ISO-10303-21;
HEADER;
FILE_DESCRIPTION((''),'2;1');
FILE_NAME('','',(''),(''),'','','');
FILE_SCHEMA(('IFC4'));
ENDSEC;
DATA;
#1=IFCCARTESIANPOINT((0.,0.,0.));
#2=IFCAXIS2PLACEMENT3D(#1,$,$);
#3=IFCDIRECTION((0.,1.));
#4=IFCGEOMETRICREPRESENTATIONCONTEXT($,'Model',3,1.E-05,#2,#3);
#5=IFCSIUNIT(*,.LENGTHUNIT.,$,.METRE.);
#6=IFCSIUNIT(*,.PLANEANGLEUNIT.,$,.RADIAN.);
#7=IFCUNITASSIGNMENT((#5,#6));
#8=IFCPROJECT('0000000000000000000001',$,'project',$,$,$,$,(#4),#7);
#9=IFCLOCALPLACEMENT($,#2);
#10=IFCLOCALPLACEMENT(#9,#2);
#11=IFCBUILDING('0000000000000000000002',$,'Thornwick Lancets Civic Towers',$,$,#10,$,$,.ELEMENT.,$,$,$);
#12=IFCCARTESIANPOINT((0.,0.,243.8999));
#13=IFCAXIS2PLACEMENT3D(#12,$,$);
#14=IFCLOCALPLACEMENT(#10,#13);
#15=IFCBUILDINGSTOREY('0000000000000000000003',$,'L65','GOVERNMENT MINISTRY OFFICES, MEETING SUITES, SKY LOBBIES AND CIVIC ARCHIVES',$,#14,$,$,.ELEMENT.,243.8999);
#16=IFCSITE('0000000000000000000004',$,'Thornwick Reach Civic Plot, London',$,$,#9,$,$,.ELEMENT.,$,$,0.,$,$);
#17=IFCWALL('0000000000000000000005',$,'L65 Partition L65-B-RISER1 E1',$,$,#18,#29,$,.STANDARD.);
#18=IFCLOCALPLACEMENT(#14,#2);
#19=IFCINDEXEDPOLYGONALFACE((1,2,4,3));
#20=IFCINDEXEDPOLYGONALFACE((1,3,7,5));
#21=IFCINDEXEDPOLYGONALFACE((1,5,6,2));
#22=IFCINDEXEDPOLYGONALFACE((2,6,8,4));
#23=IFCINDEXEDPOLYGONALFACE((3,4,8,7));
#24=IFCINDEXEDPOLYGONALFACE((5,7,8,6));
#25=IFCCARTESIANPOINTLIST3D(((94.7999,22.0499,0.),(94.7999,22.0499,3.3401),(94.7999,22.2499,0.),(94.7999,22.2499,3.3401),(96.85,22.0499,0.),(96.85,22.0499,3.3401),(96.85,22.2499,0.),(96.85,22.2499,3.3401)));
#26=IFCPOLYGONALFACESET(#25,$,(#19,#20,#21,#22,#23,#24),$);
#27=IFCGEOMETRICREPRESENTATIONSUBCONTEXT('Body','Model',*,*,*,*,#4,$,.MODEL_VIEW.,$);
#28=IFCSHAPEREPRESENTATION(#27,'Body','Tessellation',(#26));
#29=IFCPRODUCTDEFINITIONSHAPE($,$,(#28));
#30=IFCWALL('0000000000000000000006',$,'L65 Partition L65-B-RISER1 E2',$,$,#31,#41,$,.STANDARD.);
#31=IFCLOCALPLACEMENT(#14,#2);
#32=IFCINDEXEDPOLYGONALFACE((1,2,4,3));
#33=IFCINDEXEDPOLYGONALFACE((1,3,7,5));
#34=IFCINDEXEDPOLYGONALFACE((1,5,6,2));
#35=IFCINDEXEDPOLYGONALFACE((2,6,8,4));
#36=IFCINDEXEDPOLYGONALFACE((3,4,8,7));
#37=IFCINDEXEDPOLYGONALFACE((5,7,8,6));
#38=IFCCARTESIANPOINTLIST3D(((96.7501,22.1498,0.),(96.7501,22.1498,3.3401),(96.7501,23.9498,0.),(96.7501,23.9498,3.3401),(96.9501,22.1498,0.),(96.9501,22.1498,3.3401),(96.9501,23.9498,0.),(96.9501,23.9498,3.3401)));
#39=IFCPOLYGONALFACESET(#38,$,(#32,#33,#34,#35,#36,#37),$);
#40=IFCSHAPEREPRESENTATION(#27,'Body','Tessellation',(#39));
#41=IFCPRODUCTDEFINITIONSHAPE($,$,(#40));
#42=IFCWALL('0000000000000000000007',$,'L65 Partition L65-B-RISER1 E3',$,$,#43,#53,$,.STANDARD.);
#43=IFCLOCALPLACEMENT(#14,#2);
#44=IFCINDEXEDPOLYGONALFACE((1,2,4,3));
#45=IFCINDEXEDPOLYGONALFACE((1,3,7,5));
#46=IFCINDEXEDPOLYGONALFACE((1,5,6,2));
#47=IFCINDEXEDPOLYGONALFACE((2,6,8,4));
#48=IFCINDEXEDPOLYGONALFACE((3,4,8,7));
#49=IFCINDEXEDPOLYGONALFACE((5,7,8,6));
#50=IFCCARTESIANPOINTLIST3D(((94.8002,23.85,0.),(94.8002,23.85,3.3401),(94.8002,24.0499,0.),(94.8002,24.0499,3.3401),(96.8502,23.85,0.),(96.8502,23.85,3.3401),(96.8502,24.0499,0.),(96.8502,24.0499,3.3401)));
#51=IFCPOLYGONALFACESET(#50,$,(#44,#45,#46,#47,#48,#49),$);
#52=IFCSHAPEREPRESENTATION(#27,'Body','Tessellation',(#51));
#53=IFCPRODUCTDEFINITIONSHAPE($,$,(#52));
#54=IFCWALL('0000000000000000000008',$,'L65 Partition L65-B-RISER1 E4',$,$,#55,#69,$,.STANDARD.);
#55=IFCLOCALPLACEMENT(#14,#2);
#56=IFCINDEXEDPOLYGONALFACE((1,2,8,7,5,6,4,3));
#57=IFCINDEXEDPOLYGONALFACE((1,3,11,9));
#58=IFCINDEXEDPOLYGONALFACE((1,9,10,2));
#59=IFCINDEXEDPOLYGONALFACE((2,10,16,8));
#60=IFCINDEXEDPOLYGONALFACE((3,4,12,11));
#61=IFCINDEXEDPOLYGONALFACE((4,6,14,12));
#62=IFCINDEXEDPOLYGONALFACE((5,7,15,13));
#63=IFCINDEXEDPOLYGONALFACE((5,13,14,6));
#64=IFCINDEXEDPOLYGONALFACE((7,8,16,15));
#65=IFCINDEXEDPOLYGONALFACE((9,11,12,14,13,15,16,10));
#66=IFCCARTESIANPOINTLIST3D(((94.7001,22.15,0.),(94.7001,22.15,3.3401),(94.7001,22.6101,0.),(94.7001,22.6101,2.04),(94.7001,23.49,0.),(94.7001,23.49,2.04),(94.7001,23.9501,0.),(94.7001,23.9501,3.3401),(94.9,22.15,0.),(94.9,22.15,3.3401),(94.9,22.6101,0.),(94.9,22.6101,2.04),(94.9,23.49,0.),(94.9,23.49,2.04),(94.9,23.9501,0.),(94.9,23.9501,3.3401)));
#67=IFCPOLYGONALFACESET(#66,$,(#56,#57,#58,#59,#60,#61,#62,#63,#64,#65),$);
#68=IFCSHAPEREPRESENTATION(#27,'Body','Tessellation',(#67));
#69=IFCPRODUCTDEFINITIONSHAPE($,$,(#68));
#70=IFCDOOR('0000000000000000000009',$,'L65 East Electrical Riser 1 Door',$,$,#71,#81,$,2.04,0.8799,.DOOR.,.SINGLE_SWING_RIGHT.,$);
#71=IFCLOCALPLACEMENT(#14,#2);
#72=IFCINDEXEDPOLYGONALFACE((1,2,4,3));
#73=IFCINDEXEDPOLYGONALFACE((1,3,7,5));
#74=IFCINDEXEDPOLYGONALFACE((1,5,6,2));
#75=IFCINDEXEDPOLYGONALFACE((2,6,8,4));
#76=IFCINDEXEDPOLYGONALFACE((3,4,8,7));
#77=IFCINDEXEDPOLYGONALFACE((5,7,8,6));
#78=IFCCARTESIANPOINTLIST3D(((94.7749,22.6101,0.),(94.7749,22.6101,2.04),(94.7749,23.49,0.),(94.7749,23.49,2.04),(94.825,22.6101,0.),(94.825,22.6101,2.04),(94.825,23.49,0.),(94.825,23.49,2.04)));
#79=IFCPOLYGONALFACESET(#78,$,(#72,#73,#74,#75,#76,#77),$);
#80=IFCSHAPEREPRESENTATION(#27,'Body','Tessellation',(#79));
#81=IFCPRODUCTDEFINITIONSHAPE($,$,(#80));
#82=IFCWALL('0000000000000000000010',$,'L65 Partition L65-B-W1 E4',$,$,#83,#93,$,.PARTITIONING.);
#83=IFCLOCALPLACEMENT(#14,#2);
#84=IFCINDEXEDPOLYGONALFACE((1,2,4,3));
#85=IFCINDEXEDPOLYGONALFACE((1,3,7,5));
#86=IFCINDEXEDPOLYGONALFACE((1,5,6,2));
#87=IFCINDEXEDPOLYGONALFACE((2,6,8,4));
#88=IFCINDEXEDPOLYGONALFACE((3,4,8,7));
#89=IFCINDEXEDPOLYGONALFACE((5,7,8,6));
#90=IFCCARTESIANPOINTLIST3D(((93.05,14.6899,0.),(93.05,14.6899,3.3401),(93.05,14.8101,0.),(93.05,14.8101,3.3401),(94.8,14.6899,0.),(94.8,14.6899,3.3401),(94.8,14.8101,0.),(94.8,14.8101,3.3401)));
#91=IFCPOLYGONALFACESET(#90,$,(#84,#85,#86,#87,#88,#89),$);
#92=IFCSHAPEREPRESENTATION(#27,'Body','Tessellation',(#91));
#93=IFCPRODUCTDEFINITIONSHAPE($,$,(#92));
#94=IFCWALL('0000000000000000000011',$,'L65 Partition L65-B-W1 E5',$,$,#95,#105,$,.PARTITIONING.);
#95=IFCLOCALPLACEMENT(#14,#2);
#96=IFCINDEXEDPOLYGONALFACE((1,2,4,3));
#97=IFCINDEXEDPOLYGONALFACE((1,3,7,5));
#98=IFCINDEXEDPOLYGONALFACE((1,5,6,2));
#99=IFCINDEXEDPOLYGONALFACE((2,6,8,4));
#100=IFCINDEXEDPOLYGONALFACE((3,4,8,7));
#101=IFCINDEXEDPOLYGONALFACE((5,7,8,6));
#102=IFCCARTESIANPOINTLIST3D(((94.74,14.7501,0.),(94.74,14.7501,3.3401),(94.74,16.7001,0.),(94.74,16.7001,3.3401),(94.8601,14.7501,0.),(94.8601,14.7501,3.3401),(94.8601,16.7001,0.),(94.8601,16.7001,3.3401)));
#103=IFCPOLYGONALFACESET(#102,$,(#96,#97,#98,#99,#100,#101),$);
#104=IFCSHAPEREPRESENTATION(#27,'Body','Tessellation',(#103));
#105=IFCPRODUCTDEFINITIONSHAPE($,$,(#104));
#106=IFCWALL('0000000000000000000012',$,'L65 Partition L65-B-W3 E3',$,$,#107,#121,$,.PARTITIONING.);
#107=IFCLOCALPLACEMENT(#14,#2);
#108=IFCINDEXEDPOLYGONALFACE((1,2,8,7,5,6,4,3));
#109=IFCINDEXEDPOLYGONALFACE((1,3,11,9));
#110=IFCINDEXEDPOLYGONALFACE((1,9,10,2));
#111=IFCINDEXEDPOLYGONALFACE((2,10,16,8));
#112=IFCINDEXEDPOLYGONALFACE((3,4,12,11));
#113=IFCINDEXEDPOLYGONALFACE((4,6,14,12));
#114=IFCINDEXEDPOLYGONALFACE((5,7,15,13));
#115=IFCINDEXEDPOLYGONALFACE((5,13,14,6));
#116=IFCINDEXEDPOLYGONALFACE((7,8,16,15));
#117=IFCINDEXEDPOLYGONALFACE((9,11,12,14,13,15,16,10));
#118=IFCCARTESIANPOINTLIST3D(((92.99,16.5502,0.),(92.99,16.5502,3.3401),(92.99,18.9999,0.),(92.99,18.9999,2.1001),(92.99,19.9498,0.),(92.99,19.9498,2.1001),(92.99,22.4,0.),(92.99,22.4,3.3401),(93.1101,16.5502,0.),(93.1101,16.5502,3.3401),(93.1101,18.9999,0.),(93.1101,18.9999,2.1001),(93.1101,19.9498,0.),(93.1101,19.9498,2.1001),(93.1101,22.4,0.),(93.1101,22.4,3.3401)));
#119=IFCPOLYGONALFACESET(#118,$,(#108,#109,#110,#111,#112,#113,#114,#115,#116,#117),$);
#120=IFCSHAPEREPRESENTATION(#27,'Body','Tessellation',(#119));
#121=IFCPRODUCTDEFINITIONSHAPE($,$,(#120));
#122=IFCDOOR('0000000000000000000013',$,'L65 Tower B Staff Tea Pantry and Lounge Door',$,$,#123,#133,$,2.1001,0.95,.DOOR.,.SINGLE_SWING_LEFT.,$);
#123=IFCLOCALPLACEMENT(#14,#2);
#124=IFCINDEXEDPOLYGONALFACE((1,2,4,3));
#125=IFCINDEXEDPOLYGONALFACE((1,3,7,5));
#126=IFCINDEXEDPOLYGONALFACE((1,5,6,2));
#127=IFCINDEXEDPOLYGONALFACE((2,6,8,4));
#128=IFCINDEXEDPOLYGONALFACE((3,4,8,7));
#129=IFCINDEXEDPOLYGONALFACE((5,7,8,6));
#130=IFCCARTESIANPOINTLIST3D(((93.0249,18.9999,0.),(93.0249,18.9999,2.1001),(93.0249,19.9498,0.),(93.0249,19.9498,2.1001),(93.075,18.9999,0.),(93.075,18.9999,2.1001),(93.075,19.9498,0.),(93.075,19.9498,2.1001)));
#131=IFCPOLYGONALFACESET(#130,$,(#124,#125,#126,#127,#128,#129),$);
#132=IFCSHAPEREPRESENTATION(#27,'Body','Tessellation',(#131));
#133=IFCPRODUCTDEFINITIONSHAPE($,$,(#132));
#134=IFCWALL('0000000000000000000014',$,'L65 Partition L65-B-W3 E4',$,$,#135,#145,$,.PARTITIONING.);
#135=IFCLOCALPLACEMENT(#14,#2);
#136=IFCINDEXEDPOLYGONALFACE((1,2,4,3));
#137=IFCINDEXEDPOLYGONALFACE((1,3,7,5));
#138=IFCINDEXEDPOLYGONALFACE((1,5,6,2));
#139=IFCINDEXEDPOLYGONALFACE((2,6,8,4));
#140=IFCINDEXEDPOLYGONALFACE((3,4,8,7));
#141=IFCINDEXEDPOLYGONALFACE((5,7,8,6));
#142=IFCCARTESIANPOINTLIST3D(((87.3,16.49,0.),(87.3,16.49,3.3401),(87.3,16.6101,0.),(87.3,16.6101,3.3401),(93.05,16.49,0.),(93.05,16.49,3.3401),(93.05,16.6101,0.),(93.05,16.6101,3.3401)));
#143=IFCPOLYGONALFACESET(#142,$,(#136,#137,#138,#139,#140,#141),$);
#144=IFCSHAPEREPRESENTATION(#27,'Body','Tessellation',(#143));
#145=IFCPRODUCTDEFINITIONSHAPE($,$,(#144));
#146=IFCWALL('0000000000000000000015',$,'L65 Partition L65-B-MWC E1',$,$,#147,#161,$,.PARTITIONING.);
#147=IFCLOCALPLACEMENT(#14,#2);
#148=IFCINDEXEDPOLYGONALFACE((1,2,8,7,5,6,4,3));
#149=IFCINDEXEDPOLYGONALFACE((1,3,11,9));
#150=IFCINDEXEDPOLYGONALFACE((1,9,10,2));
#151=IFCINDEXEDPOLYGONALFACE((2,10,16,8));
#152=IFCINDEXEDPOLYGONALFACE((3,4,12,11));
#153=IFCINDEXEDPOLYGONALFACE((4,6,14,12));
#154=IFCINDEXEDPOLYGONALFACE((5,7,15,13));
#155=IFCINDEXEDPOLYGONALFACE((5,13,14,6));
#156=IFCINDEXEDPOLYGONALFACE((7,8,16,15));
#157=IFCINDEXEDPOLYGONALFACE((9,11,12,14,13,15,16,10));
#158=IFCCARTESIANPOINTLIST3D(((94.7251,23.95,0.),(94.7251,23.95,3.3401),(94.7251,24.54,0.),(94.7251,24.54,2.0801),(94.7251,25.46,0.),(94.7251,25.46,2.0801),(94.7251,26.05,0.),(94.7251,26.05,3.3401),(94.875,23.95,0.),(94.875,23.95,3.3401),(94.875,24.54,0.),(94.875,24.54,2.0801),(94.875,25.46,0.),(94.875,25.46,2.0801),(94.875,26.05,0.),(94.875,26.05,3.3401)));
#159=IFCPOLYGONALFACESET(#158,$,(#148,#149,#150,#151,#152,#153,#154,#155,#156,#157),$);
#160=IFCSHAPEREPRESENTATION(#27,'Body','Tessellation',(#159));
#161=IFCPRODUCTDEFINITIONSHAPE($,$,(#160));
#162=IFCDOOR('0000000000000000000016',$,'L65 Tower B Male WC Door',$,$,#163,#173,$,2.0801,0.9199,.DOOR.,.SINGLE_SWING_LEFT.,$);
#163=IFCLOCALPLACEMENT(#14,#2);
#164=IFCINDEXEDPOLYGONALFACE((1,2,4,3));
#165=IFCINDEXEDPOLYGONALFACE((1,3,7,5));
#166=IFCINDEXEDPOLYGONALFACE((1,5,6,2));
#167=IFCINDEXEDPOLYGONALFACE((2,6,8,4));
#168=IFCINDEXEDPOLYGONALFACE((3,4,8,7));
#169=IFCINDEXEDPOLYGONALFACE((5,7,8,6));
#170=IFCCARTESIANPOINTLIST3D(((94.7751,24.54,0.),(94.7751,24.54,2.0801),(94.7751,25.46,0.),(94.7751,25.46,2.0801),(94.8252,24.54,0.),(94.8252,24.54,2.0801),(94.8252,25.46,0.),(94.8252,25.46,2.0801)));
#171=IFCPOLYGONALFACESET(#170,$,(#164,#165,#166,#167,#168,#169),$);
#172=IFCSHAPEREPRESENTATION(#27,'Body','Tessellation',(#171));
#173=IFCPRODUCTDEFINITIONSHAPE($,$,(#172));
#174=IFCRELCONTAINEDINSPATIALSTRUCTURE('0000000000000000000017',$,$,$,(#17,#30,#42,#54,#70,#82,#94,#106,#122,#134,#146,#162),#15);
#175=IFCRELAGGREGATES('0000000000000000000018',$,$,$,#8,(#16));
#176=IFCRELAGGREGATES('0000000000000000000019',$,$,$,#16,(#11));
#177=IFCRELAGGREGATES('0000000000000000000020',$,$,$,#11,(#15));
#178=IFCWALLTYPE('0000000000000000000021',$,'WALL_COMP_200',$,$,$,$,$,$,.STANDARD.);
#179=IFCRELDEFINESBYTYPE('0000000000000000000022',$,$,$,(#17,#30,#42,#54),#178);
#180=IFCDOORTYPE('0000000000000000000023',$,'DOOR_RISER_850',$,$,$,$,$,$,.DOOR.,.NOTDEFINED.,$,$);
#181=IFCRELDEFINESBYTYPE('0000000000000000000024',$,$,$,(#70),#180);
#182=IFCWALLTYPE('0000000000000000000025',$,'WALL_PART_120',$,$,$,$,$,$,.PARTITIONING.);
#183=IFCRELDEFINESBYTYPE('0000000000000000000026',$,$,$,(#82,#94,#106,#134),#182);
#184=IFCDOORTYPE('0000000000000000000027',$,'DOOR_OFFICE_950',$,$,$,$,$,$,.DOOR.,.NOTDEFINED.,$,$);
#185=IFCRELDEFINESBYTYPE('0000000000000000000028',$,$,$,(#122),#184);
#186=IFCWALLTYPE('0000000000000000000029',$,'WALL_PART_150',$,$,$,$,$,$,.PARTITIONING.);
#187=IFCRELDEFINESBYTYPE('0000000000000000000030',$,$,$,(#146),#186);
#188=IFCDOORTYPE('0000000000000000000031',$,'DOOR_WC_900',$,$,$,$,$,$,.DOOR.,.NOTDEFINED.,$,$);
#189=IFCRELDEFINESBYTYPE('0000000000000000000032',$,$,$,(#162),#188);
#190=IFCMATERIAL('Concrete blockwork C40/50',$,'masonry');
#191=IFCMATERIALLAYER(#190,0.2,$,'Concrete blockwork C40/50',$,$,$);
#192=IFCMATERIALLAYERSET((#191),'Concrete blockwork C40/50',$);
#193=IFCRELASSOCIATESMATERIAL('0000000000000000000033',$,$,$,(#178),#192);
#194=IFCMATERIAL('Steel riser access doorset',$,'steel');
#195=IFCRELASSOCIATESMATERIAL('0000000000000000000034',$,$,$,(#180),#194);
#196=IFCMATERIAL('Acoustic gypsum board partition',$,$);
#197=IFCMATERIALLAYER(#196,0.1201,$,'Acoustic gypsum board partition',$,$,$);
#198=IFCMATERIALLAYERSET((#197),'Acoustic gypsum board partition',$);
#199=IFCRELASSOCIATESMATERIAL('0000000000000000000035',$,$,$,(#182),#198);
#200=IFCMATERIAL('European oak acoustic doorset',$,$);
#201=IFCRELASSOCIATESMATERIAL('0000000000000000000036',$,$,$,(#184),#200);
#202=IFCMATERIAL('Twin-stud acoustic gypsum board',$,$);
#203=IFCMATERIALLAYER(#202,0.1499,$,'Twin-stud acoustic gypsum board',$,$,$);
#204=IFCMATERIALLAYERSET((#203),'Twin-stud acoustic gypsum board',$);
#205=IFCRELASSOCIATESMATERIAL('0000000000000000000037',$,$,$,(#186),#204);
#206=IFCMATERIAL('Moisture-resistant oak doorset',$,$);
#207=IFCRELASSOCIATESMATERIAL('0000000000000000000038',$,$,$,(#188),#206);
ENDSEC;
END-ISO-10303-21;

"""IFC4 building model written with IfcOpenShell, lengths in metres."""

from ifc_helpers import new_model, si_unit, direction, frame, frame_2d, origin, place, context, subcontext, project, spatial, rectangle, extrude, material, layer, layer_set, type_object, element, fill, save


model = new_model("IFC4")

# Units and contexts
model_context = context("Model", 3, precision=1e-05, world=origin(), true_north=direction((0.0, 1.0)))
body_context = subcontext(model_context, "Body", "Model", "MODEL_VIEW")
ifc_project = project(units=[si_unit("LENGTHUNIT", "METRE"), si_unit("PLANEANGLEUNIT", "RADIAN")], contexts=[model_context])

# Site, building, storey
site_placement = place(None, origin())
site = spatial("IfcSite", under=ifc_project, at=site_placement, Name="Thornwick Reach Civic Plot, London", CompositionType="ELEMENT", RefElevation=0.0)
building_placement = place(site_placement, origin())
building = spatial("IfcBuilding", under=site, at=building_placement, Name="Thornwick Lancets Civic Towers", CompositionType="ELEMENT")
storey_placement = place(building_placement, frame((0.0, 0.0, 243.8999)))
storey = spatial("IfcBuildingStorey", under=building, at=storey_placement, Name="L65", Description="GOVERNMENT MINISTRY OFFICES, MEETING SUITES, SKY LOBBIES AND CIVIC ARCHIVES", CompositionType="ELEMENT", Elevation=243.8999)

# Shared definitions
ifc_material_1 = material(Name="Concrete blockwork C40/50", Category="masonry")
ifc_layer_1 = layer(ifc_material_1, 0.2, Name="Concrete blockwork C40/50")
ifc_layer_set_1 = layer_set([ifc_layer_1], Name="Concrete blockwork C40/50")
wall_type_1 = type_object("IfcWallType", Name="WALL_COMP_200", PredefinedType="STANDARD", material=ifc_layer_set_1)

# Walls
wall_1_placement = place(storey_placement, frame((94.8, 22.1499, 0.0), z_axis=(0.0, 0.0, 1.0), x_axis=(1.0, 0.0, 0.0)))
element("IfcWall", 1, at=wall_1_placement, inside=storey, type_object=wall_type_1, Name="L65 Partition L65-B-RISER1 E1", PredefinedType="STANDARD", context=body_context, shape_type="SweptSolid", body=[
    extrude(rectangle(XDim=2.05, YDim=0.2, at=frame_2d((1.0249, 0.0))), origin(), (0.0, 0.0, 1.0), 3.3401),
])
wall_2_placement = place(storey_placement, frame((96.8501, 22.1499, 0.0), z_axis=(0.0, 0.0, 1.0), x_axis=(0.0, 1.0, 0.0)))
element("IfcWall", 2, at=wall_2_placement, inside=storey, type_object=wall_type_1, Name="L65 Partition L65-B-RISER1 E2", PredefinedType="STANDARD", context=body_context, shape_type="SweptSolid", body=[
    extrude(rectangle(XDim=1.8, YDim=0.2, at=frame_2d((0.8999, 0.0))), origin(), (0.0, 0.0, 1.0), 3.3401),
])
wall_3_placement = place(storey_placement, frame((96.8501, 23.95, 0.0), z_axis=(0.0, 0.0, 1.0), x_axis=(-1.0, 0.0, 0.0)))
element("IfcWall", 3, at=wall_3_placement, inside=storey, type_object=wall_type_1, Name="L65 Partition L65-B-RISER1 E3", PredefinedType="STANDARD", context=body_context, shape_type="SweptSolid", body=[
    extrude(rectangle(XDim=2.05, YDim=0.2, at=frame_2d((1.0249, 0.0))), origin(), (0.0, 0.0, 1.0), 3.3401),
])

# Wall, opening, door
wall_4_placement = place(storey_placement, frame((94.8, 23.95, 0.0), z_axis=(0.0, 0.0, 1.0), x_axis=(0.0, -1.0, 0.0)))
wall_4 = element("IfcWall", 4, at=wall_4_placement, inside=storey, type_object=wall_type_1, Name="L65 Partition L65-B-RISER1 E4", PredefinedType="STANDARD", context=body_context, shape_type="SweptSolid", body=[
    extrude(rectangle(XDim=1.8, YDim=0.2, at=frame_2d((0.8999, 0.0))), origin(), (0.0, 0.0, 1.0), 3.3401),
])
opening_1_placement = place(wall_4_placement, frame((0.46, 0.0, 0.0)))
opening_1 = element("IfcOpeningElement", 5, at=opening_1_placement, cuts=wall_4, PredefinedType="OPENING", context=body_context, shape_type="SweptSolid", body=[
    extrude(rectangle(XDim=0.8799, YDim=2.04, at=frame_2d((0.4399, 1.02))), frame((0.0, 0.1099, 0.0), z_axis=(0.0, -1.0, 0.0), x_axis=(1.0, 0.0, 0.0)), (0.0, 0.0, 1.0), 0.22),
])
ifc_material_2 = material(Name="Steel riser access doorset", Category="steel")
door_type_1 = type_object("IfcDoorType", Name="DOOR_RISER_850", OperationType="NOTDEFINED", PredefinedType="DOOR", material=ifc_material_2)
door_1_placement = place(opening_1_placement, origin())
door_1 = element("IfcDoor", 6, at=door_1_placement, inside=storey, type_object=door_type_1, Name="L65 East Electrical Riser 1 Door", OperationType="SINGLE_SWING_RIGHT", OverallHeight=2.04, OverallWidth=0.8799, PredefinedType="DOOR", context=body_context, shape_type="SweptSolid", body=[
    extrude(rectangle(XDim=0.8799, YDim=2.04, at=frame_2d((0.4399, 1.02))), frame((0.0, 0.0249, 0.0), z_axis=(0.0, -1.0, 0.0), x_axis=(1.0, 0.0, 0.0)), (0.0, 0.0, 1.0), 0.05),
])
fill(opening_1, door_1)

# Walls
ifc_material_3 = material(Name="Acoustic gypsum board partition")
ifc_layer_2 = layer(ifc_material_3, 0.1201, Name="Acoustic gypsum board partition")
ifc_layer_set_2 = layer_set([ifc_layer_2], Name="Acoustic gypsum board partition")
wall_type_2 = type_object("IfcWallType", Name="WALL_PART_120", PredefinedType="PARTITIONING", material=ifc_layer_set_2)
wall_5_placement = place(storey_placement, frame((93.05, 14.75, 0.0), z_axis=(0.0, 0.0, 1.0), x_axis=(1.0, 0.0, 0.0)))
element("IfcWall", 7, at=wall_5_placement, inside=storey, type_object=wall_type_2, Name="L65 Partition L65-B-W1 E4", PredefinedType="PARTITIONING", context=body_context, shape_type="SweptSolid", body=[
    extrude(rectangle(XDim=1.75, YDim=0.1201, at=frame_2d((0.875, 0.0))), origin(), (0.0, 0.0, 1.0), 3.3401),
])
wall_6_placement = place(storey_placement, frame((94.8, 14.75, 0.0), z_axis=(0.0, 0.0, 1.0), x_axis=(0.0, 1.0, 0.0)))
element("IfcWall", 8, at=wall_6_placement, inside=storey, type_object=wall_type_2, Name="L65 Partition L65-B-W1 E5", PredefinedType="PARTITIONING", context=body_context, shape_type="SweptSolid", body=[
    extrude(rectangle(XDim=1.95, YDim=0.1201, at=frame_2d((0.9751, 0.0))), origin(), (0.0, 0.0, 1.0), 3.3401),
])

# Wall, opening, door
wall_7_placement = place(storey_placement, frame((93.05, 22.3999, 0.0), z_axis=(0.0, 0.0, 1.0), x_axis=(0.0, -1.0, 0.0)))
wall_7 = element("IfcWall", 9, at=wall_7_placement, inside=storey, type_object=wall_type_2, Name="L65 Partition L65-B-W3 E3", PredefinedType="PARTITIONING", context=body_context, shape_type="SweptSolid", body=[
    extrude(rectangle(XDim=5.8499, YDim=0.1201, at=frame_2d((2.9248, 0.0))), origin(), (0.0, 0.0, 1.0), 3.3401),
])
opening_2_placement = place(wall_7_placement, frame((2.45, 0.0, 0.0)))
opening_2 = element("IfcOpeningElement", 10, at=opening_2_placement, cuts=wall_7, PredefinedType="OPENING", context=body_context, shape_type="SweptSolid", body=[
    extrude(rectangle(XDim=0.95, YDim=2.1001, at=frame_2d((0.4751, 1.05))), frame((0.0, 0.0701, 0.0), z_axis=(0.0, -1.0, 0.0), x_axis=(1.0, 0.0, 0.0)), (0.0, 0.0, 1.0), 0.1401),
])
ifc_material_4 = material(Name="European oak acoustic doorset")
door_type_2 = type_object("IfcDoorType", Name="DOOR_OFFICE_950", OperationType="NOTDEFINED", PredefinedType="DOOR", material=ifc_material_4)
door_2_placement = place(opening_2_placement, origin())
door_2 = element("IfcDoor", 11, at=door_2_placement, inside=storey, type_object=door_type_2, Name="L65 Tower B Staff Tea Pantry and Lounge Door", OperationType="SINGLE_SWING_LEFT", OverallHeight=2.1001, OverallWidth=0.95, PredefinedType="DOOR", context=body_context, shape_type="SweptSolid", body=[
    extrude(rectangle(XDim=0.95, YDim=2.1001, at=frame_2d((0.4751, 1.05))), frame((0.0, 0.0249, 0.0), z_axis=(0.0, -1.0, 0.0), x_axis=(1.0, 0.0, 0.0)), (0.0, 0.0, 1.0), 0.05),
])
fill(opening_2, door_2)

# Wall
wall_8_placement = place(storey_placement, frame((93.05, 16.55, 0.0), z_axis=(0.0, 0.0, 1.0), x_axis=(-1.0, 0.0, 0.0)))
element("IfcWall", 12, at=wall_8_placement, inside=storey, type_object=wall_type_2, Name="L65 Partition L65-B-W3 E4", PredefinedType="PARTITIONING", context=body_context, shape_type="SweptSolid", body=[
    extrude(rectangle(XDim=5.75, YDim=0.1201, at=frame_2d((2.875, 0.0))), origin(), (0.0, 0.0, 1.0), 3.3401),
])

# Wall, opening, door
ifc_material_5 = material(Name="Twin-stud acoustic gypsum board")
ifc_layer_3 = layer(ifc_material_5, 0.1499, Name="Twin-stud acoustic gypsum board")
ifc_layer_set_3 = layer_set([ifc_layer_3], Name="Twin-stud acoustic gypsum board")
wall_type_3 = type_object("IfcWallType", Name="WALL_PART_150", PredefinedType="PARTITIONING", material=ifc_layer_set_3)
wall_9_placement = place(storey_placement, frame((94.8, 23.95, 0.0), z_axis=(0.0, 0.0, 1.0), x_axis=(0.0, 1.0, 0.0)))
wall_9 = element("IfcWall", 13, at=wall_9_placement, inside=storey, type_object=wall_type_3, Name="L65 Partition L65-B-MWC E1", PredefinedType="PARTITIONING", context=body_context, shape_type="SweptSolid", body=[
    extrude(rectangle(XDim=2.1001, YDim=0.1499, at=frame_2d((1.05, 0.0))), origin(), (0.0, 0.0, 1.0), 3.3401),
])
opening_3_placement = place(wall_9_placement, frame((0.5901, 0.0, 0.0)))
opening_3 = element("IfcOpeningElement", 14, at=opening_3_placement, cuts=wall_9, PredefinedType="OPENING", context=body_context, shape_type="SweptSolid", body=[
    extrude(rectangle(XDim=0.9199, YDim=2.0801, at=frame_2d((0.46, 1.04))), frame((0.0, 0.085, 0.0), z_axis=(0.0, -1.0, 0.0), x_axis=(1.0, 0.0, 0.0)), (0.0, 0.0, 1.0), 0.1699),
])
ifc_material_6 = material(Name="Moisture-resistant oak doorset")
door_type_3 = type_object("IfcDoorType", Name="DOOR_WC_900", OperationType="NOTDEFINED", PredefinedType="DOOR", material=ifc_material_6)
door_3_placement = place(opening_3_placement, origin())
door_3 = element("IfcDoor", 15, at=door_3_placement, inside=storey, type_object=door_type_3, Name="L65 Tower B Male WC Door", OperationType="SINGLE_SWING_LEFT", OverallHeight=2.0801, OverallWidth=0.9199, PredefinedType="DOOR", context=body_context, shape_type="SweptSolid", body=[
    extrude(rectangle(XDim=0.9199, YDim=2.0801, at=frame_2d((0.46, 1.04))), frame((0.0, 0.0249, 0.0), z_axis=(0.0, -1.0, 0.0), x_axis=(1.0, 0.0, 0.0)), (0.0, 0.0, 1.0), 0.05),
])
fill(opening_3, door_3)

save(model, "model.ifc")
